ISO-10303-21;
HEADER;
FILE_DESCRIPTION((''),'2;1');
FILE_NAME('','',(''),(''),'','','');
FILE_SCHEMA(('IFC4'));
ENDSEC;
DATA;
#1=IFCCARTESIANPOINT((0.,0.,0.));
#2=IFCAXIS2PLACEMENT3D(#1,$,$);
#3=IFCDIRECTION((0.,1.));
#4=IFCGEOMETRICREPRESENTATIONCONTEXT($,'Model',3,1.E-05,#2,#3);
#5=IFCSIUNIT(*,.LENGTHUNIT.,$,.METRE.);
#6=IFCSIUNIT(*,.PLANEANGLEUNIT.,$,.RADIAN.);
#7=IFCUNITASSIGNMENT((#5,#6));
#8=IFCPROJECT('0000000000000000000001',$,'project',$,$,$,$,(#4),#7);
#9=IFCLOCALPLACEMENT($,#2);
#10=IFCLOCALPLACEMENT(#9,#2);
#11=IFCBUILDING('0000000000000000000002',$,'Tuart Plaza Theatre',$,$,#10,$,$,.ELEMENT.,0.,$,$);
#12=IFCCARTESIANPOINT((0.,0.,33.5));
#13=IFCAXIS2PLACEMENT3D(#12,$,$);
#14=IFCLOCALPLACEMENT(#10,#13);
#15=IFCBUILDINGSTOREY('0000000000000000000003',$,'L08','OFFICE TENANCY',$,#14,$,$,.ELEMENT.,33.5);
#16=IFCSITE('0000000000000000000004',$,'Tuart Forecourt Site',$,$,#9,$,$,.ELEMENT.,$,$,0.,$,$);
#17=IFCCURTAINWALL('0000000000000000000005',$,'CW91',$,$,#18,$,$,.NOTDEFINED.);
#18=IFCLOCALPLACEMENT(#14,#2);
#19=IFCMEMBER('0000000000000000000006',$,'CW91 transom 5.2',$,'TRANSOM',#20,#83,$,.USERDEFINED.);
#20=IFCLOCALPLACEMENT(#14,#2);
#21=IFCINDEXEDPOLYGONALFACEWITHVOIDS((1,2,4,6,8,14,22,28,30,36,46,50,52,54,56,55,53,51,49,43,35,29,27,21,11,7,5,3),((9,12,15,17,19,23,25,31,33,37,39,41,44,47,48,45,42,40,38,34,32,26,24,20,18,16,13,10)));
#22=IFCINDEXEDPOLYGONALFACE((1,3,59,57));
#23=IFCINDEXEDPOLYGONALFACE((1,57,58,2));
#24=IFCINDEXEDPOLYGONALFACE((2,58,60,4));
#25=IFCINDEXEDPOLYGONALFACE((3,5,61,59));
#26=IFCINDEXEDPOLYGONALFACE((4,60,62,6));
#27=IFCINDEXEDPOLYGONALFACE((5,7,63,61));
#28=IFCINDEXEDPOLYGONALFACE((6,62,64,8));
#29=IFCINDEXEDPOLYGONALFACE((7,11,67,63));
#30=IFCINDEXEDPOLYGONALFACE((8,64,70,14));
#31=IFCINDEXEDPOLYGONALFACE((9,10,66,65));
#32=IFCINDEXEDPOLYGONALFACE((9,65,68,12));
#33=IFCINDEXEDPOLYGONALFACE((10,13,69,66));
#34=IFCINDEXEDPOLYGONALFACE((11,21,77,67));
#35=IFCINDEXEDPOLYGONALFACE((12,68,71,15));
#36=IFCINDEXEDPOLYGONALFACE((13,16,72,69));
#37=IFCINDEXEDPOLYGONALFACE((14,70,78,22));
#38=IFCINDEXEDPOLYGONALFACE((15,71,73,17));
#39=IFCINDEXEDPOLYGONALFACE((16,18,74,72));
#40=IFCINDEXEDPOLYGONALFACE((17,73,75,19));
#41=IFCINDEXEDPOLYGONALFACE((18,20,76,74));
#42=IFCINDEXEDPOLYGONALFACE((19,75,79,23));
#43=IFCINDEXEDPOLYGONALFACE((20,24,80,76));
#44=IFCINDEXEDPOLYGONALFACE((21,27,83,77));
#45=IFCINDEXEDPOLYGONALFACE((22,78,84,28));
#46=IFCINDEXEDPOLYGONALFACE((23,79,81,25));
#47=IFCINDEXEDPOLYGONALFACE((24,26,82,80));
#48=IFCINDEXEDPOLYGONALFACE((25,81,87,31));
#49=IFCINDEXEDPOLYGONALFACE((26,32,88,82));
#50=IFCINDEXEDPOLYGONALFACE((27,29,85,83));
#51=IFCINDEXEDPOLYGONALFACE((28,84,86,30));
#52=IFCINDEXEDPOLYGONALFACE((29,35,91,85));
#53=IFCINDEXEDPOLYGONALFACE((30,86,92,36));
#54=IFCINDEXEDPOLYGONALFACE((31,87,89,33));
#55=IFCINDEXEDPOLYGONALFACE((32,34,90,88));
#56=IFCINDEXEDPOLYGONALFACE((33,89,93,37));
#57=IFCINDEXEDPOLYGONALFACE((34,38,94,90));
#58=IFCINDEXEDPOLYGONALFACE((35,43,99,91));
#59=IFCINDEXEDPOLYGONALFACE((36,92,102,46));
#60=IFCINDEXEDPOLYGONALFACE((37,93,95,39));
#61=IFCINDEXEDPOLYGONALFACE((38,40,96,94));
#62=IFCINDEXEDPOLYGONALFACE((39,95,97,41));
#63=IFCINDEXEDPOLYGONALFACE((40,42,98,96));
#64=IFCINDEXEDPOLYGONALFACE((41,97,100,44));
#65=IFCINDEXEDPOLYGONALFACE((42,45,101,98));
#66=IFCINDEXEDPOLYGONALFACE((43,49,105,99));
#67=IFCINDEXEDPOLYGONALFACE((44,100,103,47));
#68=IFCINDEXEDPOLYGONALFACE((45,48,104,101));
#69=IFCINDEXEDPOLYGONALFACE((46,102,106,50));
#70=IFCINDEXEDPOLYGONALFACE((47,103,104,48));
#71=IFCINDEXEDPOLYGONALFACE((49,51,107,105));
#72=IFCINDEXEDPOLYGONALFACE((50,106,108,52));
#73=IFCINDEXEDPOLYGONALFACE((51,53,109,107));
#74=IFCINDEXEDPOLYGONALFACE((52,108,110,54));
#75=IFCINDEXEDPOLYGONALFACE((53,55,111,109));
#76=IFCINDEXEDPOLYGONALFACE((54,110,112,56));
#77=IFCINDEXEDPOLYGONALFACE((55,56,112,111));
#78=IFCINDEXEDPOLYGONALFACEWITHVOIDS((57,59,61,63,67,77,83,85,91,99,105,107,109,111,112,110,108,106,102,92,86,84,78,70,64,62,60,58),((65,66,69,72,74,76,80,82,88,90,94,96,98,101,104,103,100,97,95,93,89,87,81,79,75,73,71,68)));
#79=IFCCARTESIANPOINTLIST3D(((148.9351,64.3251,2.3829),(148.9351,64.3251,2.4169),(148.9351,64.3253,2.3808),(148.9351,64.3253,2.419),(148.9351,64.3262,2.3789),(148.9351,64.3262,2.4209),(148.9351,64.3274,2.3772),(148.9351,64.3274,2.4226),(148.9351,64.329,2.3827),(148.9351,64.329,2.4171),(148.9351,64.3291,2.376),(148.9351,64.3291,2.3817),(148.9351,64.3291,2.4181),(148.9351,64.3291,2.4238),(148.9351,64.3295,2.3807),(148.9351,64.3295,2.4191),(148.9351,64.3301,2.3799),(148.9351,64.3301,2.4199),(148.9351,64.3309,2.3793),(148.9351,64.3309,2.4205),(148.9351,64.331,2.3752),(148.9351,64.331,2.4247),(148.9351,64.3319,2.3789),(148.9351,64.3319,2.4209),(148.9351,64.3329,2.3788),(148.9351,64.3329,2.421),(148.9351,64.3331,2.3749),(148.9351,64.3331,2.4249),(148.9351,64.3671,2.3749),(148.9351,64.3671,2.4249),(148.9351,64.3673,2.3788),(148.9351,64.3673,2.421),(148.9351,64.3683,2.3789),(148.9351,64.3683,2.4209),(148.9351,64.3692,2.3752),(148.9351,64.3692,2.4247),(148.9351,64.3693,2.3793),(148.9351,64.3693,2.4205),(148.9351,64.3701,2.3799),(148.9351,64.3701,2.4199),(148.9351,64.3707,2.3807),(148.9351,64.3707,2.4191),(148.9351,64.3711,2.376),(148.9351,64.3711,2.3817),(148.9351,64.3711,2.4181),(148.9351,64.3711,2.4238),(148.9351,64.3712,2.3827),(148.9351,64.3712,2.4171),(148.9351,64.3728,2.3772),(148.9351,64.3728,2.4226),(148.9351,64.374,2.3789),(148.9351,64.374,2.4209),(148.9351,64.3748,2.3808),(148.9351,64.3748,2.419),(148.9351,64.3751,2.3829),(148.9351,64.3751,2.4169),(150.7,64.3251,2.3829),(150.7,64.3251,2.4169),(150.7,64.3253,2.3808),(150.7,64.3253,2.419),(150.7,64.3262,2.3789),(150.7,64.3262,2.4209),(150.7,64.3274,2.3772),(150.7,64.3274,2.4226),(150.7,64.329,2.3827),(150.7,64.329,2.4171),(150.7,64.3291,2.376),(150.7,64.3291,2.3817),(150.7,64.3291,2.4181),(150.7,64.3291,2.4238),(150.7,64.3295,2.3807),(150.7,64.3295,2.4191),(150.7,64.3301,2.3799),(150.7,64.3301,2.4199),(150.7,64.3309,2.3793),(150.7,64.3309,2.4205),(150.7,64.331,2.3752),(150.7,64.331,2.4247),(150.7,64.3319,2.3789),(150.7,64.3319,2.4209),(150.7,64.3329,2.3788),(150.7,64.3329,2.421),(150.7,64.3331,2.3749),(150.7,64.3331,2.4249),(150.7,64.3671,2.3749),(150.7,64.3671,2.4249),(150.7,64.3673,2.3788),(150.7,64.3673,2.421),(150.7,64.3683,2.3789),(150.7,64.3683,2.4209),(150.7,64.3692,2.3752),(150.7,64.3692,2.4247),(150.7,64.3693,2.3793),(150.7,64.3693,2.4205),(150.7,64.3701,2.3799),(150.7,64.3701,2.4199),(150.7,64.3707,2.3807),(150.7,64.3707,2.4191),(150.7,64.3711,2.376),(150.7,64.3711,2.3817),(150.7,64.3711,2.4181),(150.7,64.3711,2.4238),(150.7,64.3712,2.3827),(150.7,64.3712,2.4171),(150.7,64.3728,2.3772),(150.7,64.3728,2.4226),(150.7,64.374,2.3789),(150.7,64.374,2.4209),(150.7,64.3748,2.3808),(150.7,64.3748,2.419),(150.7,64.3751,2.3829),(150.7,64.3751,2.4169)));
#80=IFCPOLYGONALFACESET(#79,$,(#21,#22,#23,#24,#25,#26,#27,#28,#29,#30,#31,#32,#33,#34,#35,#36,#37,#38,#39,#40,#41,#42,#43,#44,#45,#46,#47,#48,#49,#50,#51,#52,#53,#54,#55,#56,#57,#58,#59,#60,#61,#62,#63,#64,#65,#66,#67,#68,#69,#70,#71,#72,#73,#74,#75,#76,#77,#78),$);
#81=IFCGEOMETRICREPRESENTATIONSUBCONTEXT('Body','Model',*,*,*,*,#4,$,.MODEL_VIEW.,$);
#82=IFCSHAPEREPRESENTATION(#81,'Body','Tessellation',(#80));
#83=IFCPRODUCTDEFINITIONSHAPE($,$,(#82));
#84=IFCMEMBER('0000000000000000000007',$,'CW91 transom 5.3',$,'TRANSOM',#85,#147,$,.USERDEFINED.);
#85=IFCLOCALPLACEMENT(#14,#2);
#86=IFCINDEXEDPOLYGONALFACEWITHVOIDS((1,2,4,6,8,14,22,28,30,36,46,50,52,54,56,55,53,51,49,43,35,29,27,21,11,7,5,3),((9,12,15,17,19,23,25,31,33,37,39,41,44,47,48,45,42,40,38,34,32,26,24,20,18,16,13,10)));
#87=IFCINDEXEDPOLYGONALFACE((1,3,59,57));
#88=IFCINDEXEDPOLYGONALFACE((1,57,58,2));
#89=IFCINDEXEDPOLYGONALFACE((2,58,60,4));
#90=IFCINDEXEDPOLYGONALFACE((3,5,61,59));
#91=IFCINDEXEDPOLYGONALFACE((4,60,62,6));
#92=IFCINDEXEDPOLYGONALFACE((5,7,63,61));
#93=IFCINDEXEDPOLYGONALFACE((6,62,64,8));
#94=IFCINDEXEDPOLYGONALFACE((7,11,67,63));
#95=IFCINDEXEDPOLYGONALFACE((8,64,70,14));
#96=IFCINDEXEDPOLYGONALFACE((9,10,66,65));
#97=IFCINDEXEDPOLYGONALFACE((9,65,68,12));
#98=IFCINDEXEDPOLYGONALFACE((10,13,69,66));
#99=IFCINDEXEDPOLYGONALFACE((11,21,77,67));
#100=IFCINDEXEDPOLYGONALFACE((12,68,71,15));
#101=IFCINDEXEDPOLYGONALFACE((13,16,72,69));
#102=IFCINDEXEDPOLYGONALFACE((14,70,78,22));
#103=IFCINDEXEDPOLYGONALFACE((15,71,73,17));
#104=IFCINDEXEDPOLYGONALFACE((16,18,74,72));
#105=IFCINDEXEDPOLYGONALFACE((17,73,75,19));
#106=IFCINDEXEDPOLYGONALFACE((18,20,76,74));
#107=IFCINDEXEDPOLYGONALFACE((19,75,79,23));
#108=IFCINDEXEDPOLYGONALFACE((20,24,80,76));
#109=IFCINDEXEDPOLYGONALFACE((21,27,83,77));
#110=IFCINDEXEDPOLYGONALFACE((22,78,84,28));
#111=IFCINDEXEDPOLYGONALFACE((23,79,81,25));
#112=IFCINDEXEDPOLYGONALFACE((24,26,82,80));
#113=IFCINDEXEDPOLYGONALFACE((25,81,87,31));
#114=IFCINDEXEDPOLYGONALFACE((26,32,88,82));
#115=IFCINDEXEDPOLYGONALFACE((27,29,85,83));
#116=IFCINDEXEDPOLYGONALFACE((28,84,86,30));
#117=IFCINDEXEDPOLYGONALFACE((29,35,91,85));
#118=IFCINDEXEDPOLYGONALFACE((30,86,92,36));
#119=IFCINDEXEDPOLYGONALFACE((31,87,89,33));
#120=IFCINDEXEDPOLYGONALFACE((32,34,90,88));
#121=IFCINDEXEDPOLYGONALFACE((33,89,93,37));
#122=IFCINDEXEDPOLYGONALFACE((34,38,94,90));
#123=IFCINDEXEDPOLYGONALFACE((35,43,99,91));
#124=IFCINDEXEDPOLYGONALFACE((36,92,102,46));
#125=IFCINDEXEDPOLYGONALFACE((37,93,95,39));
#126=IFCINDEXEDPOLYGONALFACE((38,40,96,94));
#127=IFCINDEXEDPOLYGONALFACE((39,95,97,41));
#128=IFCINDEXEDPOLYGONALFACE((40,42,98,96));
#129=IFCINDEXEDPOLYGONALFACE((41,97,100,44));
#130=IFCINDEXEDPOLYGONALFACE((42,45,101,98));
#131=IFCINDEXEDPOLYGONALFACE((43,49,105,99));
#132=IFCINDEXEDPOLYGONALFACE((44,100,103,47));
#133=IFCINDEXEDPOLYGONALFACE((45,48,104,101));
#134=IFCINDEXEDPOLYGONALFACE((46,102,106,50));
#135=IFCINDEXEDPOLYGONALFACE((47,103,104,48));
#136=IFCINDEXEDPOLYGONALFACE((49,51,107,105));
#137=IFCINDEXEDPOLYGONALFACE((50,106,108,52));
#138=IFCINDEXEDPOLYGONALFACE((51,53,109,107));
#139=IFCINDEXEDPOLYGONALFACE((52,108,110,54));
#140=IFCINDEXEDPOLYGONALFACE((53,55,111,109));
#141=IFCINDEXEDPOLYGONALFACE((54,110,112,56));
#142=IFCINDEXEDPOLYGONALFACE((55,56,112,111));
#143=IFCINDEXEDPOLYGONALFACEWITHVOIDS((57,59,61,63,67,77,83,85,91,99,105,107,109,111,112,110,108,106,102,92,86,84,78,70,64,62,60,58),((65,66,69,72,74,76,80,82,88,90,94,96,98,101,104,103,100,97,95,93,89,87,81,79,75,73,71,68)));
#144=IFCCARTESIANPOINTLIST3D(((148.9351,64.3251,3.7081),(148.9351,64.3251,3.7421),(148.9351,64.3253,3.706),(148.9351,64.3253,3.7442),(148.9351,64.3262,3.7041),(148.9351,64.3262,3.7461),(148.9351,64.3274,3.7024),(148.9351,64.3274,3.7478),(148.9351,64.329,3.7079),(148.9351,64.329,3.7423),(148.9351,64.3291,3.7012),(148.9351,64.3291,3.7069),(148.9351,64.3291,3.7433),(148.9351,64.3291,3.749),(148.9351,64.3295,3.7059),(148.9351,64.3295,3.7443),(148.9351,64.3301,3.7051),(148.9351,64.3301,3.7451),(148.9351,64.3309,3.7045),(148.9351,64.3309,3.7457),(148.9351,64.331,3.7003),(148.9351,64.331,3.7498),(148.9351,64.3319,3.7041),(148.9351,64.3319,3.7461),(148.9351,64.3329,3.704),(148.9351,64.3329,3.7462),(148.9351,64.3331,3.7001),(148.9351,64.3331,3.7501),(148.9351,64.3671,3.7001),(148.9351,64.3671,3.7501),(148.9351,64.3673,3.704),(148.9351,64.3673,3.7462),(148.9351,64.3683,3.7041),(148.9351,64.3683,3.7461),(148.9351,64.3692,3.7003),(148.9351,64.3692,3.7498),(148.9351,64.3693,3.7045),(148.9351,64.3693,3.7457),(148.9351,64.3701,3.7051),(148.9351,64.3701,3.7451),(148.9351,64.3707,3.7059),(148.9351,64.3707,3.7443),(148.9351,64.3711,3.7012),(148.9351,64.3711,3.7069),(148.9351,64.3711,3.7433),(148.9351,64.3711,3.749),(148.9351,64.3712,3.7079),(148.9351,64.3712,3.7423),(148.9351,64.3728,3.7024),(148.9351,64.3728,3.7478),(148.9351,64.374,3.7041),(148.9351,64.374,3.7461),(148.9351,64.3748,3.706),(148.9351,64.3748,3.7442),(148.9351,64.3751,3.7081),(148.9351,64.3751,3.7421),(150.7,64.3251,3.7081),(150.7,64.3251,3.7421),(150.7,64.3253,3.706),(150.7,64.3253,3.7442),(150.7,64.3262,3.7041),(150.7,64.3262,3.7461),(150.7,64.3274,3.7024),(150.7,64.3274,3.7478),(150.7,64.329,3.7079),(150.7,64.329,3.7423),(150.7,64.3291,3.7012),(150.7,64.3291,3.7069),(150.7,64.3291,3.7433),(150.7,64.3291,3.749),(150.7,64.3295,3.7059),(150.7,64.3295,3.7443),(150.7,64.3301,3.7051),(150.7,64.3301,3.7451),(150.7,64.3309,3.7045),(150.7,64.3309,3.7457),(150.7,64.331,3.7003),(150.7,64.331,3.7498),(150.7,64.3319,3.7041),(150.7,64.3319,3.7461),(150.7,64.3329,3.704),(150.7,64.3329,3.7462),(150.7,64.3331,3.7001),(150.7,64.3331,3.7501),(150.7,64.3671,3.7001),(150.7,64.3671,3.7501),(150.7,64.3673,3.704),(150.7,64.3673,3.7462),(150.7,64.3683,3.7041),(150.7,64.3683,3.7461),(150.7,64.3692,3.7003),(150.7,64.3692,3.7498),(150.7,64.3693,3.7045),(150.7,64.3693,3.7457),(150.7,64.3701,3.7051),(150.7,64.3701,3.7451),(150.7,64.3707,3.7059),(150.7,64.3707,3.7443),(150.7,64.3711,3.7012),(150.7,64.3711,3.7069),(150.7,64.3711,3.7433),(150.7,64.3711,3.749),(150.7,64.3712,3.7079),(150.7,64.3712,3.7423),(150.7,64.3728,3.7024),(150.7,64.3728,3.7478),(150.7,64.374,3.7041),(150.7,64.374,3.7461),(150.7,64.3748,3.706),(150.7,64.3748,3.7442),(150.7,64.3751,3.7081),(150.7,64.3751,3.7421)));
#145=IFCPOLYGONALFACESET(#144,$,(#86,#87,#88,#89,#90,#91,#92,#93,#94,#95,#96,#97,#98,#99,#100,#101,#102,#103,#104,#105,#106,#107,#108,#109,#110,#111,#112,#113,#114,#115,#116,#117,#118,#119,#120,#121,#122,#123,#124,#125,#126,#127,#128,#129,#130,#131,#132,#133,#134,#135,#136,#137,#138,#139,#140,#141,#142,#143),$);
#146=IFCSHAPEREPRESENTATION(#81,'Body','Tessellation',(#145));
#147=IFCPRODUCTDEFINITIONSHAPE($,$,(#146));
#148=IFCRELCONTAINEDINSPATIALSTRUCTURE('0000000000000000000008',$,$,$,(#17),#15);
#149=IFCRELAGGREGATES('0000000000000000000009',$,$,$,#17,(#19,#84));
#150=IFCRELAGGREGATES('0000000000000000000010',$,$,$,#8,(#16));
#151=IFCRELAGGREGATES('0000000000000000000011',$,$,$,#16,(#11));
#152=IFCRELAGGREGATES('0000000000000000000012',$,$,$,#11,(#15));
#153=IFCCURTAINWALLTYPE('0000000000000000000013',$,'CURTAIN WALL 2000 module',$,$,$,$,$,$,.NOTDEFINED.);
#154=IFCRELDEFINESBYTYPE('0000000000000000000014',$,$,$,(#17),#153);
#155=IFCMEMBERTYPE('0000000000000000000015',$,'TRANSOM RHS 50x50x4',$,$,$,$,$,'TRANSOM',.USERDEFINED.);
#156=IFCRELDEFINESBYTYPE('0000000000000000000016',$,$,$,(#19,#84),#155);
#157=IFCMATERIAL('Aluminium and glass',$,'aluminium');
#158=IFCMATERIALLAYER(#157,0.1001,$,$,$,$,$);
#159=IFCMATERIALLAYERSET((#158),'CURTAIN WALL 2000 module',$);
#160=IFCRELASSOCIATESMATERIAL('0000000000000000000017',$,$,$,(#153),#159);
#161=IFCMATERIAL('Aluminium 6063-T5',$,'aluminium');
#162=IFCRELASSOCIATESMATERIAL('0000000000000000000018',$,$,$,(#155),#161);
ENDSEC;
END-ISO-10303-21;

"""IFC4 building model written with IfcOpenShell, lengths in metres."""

from ifc_helpers import new_model, si_unit, direction, frame, origin, origin_2d, place, context, subcontext, project, spatial, hollow_rectangle, extrude, material, layer, layer_set, material_profile, profile_set, type_object, element, aggregate, save


model = new_model("IFC4")

# Units and contexts
model_context = context("Model", 3, precision=1e-05, world=origin(), true_north=direction((0.0, 1.0)))
body_context = subcontext(model_context, "Body", "Model", "MODEL_VIEW")
ifc_project = project(units=[si_unit("LENGTHUNIT", "METRE"), si_unit("PLANEANGLEUNIT", "RADIAN")], contexts=[model_context])

# Site, building, storey
site_placement = place(None, origin())
site = spatial("IfcSite", under=ifc_project, at=site_placement, Name="Tuart Forecourt Site", CompositionType="ELEMENT", RefElevation=0.0)
building_placement = place(site_placement, origin())
building = spatial("IfcBuilding", under=site, at=building_placement, Name="Tuart Plaza Theatre", CompositionType="ELEMENT", ElevationOfRefHeight=0.0)
storey_placement = place(building_placement, frame((0.0, 0.0, 33.5)))
storey = spatial("IfcBuildingStorey", under=building, at=storey_placement, Name="L08", Description="OFFICE TENANCY", CompositionType="ELEMENT", Elevation=33.5)

# Curtain wall
ifc_material_1 = material(Name="Aluminium and glass", Category="aluminium")
ifc_layer_1 = layer(ifc_material_1, 0.1001)
ifc_layer_set_1 = layer_set([ifc_layer_1], Name="CURTAIN WALL 2000 module")
curtain_wall_type = type_object("IfcCurtainWallType", Name="CURTAIN WALL 2000 module", PredefinedType="NOTDEFINED", material=ifc_layer_set_1)
curtain_wall_1_placement = place(storey_placement, origin())
curtain_wall_1 = element("IfcCurtainWall", 1, at=curtain_wall_1_placement, inside=storey, type_object=curtain_wall_type, Name="CW91", PredefinedType="NOTDEFINED")

# Members
ifc_material_2 = material(Name="Aluminium 6063-T5", Category="aluminium")
ifc_material_profile_1 = material_profile(ifc_material_2, hollow_rectangle(XDim=0.05, YDim=0.05, WallThickness=0.0039, InnerFilletRadius=0.0039, OuterFilletRadius=0.0081, at=origin_2d()), Name="RHS 50x50x4")
ifc_profile_set_1 = profile_set([ifc_material_profile_1], Name="Aluminium 6063-T5")
member_type_1 = type_object("IfcMemberType", Name="TRANSOM RHS 50x50x4", ElementType="TRANSOM", PredefinedType="USERDEFINED", material=ifc_profile_set_1)
member_1_placement = place(storey_placement, frame((148.9351, 64.3501, 2.3999), z_axis=(1.0, 0.0, 0.0), x_axis=(0.0, 1.0, 0.0)))
member_1 = element("IfcMember", 2, at=member_1_placement, type_object=member_type_1, Name="CW91 transom 5.2", ObjectType="TRANSOM", PredefinedType="USERDEFINED", context=body_context, shape_type="SweptSolid", body=[
    extrude(hollow_rectangle(XDim=0.05, YDim=0.05, WallThickness=0.0039, InnerFilletRadius=0.0039, OuterFilletRadius=0.0081, at=origin_2d()), origin(), (0.0, 0.0, 1.0), 1.7649),
])
member_2_placement = place(storey_placement, frame((148.9351, 64.3501, 3.7251), z_axis=(1.0, 0.0, 0.0), x_axis=(0.0, 1.0, 0.0)))
member_2 = element("IfcMember", 3, at=member_2_placement, type_object=member_type_1, Name="CW91 transom 5.3", ObjectType="TRANSOM", PredefinedType="USERDEFINED", context=body_context, shape_type="SweptSolid", body=[
    extrude(hollow_rectangle(XDim=0.05, YDim=0.05, WallThickness=0.0039, InnerFilletRadius=0.0039, OuterFilletRadius=0.0081, at=origin_2d()), origin(), (0.0, 0.0, 1.0), 1.7649),
])

aggregate(curtain_wall_1, [member_1, member_2])

save(model, "model.ifc")
